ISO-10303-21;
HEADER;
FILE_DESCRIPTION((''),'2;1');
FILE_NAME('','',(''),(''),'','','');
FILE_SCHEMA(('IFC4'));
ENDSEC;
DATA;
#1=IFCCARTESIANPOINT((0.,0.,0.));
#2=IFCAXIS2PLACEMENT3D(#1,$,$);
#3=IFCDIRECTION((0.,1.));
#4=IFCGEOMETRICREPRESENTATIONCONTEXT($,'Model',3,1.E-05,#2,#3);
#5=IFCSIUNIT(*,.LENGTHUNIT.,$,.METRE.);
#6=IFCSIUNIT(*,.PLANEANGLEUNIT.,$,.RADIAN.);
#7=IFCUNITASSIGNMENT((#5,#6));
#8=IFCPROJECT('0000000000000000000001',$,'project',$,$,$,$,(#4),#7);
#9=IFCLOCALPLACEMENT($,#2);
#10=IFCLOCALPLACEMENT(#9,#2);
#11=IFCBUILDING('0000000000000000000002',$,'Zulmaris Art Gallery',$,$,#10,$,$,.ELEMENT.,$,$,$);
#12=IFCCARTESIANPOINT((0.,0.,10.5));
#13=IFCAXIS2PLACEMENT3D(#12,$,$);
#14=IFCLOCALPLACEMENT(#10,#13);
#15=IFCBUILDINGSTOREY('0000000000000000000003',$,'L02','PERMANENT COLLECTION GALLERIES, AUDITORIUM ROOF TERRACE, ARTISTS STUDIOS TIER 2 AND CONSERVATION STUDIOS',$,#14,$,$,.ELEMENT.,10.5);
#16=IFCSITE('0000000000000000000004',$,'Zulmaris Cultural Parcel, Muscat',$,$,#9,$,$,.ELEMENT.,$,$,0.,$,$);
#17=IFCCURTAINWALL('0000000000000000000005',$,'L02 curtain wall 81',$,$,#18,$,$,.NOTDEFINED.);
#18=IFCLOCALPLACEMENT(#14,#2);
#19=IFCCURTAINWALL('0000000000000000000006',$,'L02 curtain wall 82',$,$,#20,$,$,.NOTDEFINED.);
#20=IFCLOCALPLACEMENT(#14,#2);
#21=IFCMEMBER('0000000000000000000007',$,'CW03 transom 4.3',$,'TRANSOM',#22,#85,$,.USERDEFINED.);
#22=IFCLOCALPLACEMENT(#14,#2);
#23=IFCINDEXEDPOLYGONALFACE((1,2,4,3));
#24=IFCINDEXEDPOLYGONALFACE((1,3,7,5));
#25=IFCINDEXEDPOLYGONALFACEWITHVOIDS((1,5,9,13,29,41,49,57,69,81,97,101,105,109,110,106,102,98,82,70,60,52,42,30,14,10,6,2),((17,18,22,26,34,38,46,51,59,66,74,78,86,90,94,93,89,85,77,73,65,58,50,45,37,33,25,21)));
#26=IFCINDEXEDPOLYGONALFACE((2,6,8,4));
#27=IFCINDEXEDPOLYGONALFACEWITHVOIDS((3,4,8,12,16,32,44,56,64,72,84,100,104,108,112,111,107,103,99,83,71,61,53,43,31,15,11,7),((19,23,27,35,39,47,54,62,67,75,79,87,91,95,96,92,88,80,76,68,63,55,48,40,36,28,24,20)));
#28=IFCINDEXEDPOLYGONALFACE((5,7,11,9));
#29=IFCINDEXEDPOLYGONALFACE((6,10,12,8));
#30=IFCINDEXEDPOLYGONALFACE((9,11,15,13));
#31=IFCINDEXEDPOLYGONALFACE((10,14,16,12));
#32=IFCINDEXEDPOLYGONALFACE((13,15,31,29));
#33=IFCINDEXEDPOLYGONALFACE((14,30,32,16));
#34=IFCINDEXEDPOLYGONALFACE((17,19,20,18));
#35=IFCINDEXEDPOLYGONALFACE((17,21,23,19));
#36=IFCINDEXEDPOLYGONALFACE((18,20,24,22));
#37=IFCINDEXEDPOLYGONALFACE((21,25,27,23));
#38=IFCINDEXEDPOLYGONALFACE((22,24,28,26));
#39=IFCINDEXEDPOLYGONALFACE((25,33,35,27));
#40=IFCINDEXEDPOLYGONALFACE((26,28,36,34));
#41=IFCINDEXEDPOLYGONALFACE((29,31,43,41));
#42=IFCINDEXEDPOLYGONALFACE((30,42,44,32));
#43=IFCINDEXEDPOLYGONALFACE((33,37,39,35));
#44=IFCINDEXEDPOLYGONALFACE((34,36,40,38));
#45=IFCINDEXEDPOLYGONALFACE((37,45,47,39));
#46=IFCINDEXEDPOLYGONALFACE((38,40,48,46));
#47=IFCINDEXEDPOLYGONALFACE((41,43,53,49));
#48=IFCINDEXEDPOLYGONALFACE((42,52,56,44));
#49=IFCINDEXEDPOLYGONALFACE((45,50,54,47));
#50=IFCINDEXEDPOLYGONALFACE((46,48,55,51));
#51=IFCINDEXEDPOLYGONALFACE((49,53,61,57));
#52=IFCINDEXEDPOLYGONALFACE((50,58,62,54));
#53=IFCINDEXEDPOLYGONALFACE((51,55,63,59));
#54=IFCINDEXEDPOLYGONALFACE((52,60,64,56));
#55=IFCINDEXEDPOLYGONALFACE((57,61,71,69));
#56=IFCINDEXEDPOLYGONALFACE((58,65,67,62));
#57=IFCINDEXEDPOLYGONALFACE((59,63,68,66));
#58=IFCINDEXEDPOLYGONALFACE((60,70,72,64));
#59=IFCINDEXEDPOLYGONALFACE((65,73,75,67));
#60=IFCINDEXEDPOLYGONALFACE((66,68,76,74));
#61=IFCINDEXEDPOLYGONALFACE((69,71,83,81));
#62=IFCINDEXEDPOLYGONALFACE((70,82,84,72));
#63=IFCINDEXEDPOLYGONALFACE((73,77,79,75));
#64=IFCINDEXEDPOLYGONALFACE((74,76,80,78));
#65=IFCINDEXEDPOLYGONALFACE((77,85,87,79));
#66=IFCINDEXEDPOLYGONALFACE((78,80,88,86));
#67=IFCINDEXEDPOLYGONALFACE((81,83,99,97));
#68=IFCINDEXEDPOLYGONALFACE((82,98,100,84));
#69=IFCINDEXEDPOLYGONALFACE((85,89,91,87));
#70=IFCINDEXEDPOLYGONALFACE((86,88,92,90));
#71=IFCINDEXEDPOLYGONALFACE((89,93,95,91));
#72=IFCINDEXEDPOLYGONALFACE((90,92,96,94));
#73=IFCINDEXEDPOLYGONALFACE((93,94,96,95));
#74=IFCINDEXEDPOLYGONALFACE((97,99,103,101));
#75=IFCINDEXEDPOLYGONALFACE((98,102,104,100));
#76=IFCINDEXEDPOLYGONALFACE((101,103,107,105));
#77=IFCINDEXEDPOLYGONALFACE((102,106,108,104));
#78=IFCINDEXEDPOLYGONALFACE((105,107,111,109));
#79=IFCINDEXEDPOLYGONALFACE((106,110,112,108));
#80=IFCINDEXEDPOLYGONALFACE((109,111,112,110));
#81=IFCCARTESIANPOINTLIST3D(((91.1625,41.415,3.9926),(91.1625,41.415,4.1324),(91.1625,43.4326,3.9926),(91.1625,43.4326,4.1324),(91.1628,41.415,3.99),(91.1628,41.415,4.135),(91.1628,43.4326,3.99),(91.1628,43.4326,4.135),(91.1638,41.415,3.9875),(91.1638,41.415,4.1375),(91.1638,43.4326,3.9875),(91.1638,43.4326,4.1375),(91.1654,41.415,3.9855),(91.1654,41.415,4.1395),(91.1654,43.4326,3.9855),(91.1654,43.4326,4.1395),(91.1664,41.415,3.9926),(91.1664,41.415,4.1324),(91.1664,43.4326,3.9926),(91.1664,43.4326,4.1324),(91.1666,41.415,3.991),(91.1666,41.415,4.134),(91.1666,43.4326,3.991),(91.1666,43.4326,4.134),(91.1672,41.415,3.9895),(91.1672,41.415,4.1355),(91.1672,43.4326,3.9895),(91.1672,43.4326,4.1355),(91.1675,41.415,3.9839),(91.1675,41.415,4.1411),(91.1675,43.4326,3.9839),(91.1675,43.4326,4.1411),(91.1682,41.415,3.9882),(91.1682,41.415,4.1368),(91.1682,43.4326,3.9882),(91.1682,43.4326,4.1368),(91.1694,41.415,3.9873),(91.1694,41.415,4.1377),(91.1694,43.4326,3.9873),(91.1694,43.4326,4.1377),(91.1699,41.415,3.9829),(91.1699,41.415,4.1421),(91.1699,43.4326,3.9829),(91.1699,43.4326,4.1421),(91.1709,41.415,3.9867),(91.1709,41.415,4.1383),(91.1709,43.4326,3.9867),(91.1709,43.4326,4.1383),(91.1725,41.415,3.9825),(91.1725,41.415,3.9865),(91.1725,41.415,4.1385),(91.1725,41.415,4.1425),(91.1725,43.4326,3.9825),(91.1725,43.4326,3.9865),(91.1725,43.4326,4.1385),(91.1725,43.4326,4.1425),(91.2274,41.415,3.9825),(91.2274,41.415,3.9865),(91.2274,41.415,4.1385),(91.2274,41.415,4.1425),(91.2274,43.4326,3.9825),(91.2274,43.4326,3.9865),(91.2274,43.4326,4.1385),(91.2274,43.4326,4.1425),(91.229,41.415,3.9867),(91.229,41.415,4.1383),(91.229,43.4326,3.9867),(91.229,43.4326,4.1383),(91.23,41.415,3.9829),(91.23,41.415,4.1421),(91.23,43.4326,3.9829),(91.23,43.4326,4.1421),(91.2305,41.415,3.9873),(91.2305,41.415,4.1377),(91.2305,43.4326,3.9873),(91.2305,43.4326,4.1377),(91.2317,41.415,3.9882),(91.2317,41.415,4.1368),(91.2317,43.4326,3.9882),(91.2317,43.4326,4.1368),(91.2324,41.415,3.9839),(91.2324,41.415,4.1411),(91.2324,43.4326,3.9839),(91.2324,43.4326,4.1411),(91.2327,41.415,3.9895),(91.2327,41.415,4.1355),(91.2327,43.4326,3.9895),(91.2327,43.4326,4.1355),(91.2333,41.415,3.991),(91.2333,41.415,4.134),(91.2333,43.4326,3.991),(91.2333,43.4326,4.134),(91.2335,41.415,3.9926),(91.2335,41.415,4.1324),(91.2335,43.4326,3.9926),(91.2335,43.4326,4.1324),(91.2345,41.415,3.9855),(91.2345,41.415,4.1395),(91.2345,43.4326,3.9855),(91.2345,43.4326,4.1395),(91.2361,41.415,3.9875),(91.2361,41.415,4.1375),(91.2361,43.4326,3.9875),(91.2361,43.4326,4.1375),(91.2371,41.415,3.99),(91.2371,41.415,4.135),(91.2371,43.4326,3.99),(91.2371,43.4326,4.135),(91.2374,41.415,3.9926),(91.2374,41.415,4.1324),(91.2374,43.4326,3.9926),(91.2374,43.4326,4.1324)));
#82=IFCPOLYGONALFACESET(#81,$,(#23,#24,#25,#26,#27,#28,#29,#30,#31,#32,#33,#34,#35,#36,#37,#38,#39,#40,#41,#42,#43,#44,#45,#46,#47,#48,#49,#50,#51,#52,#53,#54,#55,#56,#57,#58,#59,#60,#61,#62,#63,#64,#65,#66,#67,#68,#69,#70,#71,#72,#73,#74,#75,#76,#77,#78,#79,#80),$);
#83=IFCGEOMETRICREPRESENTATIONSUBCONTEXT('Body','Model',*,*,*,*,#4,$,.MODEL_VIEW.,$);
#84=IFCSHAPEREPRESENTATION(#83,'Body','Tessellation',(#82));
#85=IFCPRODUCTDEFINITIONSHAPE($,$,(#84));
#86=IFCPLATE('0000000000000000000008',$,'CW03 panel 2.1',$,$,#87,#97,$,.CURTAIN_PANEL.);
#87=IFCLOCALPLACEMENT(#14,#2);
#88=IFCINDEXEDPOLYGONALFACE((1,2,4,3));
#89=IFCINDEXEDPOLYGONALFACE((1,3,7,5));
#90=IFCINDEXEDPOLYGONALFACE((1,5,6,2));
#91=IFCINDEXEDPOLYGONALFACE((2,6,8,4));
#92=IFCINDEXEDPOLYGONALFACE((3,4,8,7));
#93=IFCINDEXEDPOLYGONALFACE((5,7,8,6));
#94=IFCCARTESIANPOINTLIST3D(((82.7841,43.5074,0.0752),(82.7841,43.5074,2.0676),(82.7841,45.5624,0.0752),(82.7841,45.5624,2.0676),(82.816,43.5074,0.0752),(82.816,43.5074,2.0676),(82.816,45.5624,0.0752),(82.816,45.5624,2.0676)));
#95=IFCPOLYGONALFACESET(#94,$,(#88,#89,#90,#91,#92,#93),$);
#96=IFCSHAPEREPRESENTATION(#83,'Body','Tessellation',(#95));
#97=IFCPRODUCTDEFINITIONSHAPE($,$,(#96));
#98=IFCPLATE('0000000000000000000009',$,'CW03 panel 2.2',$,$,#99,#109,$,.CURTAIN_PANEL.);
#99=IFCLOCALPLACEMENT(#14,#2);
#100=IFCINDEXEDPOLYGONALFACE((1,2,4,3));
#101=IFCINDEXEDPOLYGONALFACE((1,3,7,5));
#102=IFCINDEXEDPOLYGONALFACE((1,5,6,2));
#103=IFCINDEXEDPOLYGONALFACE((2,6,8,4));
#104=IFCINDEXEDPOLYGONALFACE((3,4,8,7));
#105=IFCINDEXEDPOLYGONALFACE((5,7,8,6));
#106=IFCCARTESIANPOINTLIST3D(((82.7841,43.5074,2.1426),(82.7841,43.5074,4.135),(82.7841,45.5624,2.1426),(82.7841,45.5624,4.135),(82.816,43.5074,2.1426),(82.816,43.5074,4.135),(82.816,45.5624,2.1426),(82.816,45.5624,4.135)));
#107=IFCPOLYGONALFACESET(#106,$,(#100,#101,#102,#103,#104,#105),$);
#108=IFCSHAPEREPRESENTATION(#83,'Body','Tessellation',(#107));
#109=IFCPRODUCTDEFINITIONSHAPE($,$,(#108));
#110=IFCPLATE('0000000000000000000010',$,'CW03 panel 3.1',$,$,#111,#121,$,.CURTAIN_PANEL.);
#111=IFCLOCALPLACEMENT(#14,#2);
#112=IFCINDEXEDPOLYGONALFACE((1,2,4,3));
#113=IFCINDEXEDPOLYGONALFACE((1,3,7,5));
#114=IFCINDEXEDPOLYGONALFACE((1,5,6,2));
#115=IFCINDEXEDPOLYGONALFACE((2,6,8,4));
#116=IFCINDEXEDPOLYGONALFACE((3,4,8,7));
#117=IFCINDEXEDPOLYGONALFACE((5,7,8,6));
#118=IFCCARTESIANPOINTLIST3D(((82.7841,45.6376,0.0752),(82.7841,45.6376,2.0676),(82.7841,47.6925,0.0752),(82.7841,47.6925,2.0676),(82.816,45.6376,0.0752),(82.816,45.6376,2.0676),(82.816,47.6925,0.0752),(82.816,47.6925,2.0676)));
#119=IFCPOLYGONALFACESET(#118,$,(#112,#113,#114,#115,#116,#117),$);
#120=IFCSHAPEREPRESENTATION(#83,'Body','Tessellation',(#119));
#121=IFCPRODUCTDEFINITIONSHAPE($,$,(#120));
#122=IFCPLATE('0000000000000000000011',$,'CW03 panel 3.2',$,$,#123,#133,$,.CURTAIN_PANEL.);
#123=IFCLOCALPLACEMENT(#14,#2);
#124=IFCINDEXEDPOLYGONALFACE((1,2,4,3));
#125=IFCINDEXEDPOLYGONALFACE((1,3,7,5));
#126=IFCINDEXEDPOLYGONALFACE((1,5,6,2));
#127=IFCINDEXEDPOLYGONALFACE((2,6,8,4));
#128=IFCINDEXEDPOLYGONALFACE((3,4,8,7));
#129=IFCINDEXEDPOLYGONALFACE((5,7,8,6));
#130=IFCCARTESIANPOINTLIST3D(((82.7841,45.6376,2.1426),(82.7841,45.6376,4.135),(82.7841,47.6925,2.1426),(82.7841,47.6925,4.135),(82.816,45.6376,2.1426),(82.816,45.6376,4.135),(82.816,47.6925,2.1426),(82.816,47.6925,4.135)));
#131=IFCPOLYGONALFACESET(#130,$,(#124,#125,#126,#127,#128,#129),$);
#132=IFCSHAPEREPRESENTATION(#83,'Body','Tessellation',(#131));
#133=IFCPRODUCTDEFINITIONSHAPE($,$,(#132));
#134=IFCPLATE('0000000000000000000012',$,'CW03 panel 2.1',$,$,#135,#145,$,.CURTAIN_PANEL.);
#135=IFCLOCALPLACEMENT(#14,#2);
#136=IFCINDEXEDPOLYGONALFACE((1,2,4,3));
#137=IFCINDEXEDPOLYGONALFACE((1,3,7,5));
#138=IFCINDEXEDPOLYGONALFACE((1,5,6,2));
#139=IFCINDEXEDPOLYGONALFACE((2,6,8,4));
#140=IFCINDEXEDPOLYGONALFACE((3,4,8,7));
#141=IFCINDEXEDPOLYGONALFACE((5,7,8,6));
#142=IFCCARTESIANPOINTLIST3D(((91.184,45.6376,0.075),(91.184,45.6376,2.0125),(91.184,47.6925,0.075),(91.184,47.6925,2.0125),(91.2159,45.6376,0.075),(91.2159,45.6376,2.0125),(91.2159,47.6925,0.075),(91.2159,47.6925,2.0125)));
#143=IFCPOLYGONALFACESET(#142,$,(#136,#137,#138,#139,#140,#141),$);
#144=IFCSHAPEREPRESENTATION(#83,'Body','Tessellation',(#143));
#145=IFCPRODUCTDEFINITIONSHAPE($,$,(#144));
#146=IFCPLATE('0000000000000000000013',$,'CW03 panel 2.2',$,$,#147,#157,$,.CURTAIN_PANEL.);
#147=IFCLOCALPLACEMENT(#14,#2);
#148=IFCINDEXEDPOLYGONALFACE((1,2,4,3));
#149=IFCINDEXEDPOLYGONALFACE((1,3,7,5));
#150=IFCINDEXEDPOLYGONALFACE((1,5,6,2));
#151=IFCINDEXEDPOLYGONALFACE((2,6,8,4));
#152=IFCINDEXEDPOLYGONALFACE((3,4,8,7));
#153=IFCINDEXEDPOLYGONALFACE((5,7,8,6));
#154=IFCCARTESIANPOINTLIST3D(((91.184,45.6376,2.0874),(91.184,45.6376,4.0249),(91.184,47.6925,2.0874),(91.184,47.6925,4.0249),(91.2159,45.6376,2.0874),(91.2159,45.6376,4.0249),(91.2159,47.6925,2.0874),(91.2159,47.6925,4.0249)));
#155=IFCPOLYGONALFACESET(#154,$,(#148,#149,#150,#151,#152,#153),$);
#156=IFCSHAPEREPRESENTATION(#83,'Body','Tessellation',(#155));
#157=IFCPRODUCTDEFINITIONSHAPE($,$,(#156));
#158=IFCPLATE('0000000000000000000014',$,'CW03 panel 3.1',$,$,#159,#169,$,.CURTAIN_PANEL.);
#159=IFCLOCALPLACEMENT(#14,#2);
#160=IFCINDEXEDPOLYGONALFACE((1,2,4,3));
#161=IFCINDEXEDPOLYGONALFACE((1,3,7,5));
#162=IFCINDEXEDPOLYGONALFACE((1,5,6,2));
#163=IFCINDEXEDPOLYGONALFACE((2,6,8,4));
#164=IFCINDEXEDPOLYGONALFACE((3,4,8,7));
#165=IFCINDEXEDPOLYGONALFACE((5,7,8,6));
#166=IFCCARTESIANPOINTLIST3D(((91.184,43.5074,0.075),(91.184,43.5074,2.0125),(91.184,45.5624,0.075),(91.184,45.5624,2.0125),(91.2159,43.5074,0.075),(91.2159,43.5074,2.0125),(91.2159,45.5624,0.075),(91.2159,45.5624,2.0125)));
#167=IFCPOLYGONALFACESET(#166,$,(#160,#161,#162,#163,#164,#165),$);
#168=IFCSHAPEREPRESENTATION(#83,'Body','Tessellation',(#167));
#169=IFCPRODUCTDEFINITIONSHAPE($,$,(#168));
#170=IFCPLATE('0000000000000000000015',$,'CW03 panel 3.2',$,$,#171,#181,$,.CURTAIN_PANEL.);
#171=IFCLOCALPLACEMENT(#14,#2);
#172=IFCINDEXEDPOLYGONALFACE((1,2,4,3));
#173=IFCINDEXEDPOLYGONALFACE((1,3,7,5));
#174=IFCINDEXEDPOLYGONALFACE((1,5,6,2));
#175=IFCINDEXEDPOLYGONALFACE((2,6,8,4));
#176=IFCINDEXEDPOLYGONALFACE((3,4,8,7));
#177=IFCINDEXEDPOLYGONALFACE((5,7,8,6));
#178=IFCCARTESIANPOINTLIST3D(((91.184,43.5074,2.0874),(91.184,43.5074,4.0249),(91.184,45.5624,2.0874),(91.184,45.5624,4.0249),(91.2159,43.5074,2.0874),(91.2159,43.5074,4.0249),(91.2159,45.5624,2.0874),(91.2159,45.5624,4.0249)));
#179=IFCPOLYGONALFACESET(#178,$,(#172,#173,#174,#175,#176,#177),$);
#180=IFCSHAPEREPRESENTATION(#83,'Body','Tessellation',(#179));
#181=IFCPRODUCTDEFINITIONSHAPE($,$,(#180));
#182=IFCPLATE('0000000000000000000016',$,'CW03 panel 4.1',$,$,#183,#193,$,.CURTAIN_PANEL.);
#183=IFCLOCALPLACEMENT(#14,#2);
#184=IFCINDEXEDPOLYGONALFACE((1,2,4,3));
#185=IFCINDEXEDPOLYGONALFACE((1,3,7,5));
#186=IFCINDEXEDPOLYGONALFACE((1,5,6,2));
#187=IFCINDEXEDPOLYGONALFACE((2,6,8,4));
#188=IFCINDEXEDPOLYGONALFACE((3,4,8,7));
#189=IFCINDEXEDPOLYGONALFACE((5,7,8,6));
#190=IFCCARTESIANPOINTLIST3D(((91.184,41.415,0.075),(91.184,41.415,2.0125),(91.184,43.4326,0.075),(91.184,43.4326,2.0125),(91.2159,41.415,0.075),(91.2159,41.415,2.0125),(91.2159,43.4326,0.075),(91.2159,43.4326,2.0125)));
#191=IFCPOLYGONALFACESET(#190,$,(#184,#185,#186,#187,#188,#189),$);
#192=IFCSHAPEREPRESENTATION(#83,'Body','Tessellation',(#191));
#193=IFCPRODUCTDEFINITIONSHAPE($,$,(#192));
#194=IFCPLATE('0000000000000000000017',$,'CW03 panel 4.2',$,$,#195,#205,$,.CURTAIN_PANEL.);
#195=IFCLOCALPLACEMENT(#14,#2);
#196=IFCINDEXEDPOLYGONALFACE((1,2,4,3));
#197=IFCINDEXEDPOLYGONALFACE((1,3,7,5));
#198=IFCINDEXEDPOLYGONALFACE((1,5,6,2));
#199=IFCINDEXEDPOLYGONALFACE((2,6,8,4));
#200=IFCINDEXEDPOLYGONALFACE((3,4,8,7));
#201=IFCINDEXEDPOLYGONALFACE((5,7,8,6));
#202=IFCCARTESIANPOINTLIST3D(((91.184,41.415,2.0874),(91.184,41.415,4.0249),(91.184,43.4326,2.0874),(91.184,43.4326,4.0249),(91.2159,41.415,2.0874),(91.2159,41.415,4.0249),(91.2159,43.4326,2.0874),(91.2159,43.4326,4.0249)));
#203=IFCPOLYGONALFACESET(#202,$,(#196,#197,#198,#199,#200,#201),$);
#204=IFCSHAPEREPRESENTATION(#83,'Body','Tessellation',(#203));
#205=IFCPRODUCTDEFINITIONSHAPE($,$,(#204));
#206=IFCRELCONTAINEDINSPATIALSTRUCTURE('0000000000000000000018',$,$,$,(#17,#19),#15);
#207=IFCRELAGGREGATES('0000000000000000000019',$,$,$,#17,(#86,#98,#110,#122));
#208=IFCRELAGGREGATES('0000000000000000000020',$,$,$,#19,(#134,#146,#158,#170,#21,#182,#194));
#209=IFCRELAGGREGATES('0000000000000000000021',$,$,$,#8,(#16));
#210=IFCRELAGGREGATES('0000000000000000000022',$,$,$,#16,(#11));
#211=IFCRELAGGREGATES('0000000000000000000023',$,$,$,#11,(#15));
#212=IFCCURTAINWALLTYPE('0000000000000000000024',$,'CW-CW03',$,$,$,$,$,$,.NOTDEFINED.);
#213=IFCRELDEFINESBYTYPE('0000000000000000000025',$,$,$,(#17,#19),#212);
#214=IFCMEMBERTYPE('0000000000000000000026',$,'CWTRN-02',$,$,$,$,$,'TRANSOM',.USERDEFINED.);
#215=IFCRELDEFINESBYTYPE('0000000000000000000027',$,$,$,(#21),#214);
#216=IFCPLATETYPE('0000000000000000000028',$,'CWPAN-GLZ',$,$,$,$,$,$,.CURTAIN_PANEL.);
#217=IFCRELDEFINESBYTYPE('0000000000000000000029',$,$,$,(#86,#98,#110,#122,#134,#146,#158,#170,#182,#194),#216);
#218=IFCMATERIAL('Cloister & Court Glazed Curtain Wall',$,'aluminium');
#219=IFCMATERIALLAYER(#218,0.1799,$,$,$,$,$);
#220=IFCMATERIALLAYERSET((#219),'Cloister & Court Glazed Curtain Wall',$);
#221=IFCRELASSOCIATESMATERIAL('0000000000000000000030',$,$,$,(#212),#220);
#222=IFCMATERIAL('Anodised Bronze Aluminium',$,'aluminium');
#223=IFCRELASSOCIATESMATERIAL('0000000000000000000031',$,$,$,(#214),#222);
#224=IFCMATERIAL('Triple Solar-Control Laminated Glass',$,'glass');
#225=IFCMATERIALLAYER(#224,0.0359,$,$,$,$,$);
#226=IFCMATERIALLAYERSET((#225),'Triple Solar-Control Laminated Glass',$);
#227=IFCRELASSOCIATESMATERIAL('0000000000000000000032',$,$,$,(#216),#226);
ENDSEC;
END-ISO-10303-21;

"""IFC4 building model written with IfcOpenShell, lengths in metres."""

from ifc_helpers import new_model, si_unit, direction, frame, origin, origin_2d, place, context, subcontext, project, spatial, rectangle, hollow_rectangle, extrude, material, layer, layer_set, material_profile, profile_set, type_object, element, aggregate, save


model = new_model("IFC4")

# Units and contexts
model_context = context("Model", 3, precision=1e-05, world=origin(), true_north=direction((0.0, 1.0)))
body_context = subcontext(model_context, "Body", "Model", "MODEL_VIEW")
ifc_project = project(units=[si_unit("LENGTHUNIT", "METRE"), si_unit("PLANEANGLEUNIT", "RADIAN")], contexts=[model_context])

# Site, building, storey
site_placement = place(None, origin())
site = spatial("IfcSite", under=ifc_project, at=site_placement, Name="Zulmaris Cultural Parcel, Muscat", CompositionType="ELEMENT", RefElevation=0.0)
building_placement = place(site_placement, origin())
building = spatial("IfcBuilding", under=site, at=building_placement, Name="Zulmaris Art Gallery", CompositionType="ELEMENT")
storey_placement = place(building_placement, frame((0.0, 0.0, 10.5)))
storey = spatial("IfcBuildingStorey", under=building, at=storey_placement, Name="L02", Description="PERMANENT COLLECTION GALLERIES, AUDITORIUM ROOF TERRACE, ARTISTS STUDIOS TIER 2 AND CONSERVATION STUDIOS", CompositionType="ELEMENT", Elevation=10.5)

# Curtain walls
ifc_material_1 = material(Name="Cloister & Court Glazed Curtain Wall", Category="aluminium")
ifc_layer_1 = layer(ifc_material_1, 0.1799)
ifc_layer_set_1 = layer_set([ifc_layer_1], Name="Cloister & Court Glazed Curtain Wall")
curtain_wall_type = type_object("IfcCurtainWallType", Name="CW-CW03", PredefinedType="NOTDEFINED", material=ifc_layer_set_1)
curtain_wall_1_placement = place(storey_placement, origin())
curtain_wall_1 = element("IfcCurtainWall", 1, at=curtain_wall_1_placement, inside=storey, type_object=curtain_wall_type, Name="L02 curtain wall 81", PredefinedType="NOTDEFINED")
ifc_material_2 = material(Name="Anodised Bronze Aluminium", Category="aluminium")
curtain_wall_2_placement = place(storey_placement, origin())
curtain_wall_2 = element("IfcCurtainWall", 2, at=curtain_wall_2_placement, inside=storey, type_object=curtain_wall_type, Name="L02 curtain wall 82", PredefinedType="NOTDEFINED")

# Member
ifc_material_profile_1 = material_profile(ifc_material_2, hollow_rectangle(XDim=0.075, YDim=0.1599, WallThickness=0.0039, InnerFilletRadius=0.0061, OuterFilletRadius=0.01, at=origin_2d()), Name="ALU 75x160x4")
ifc_profile_set_1 = profile_set([ifc_material_profile_1], Name="Anodised Bronze Aluminium")
member_type_1 = type_object("IfcMemberType", Name="CWTRN-02", ElementType="TRANSOM", PredefinedType="USERDEFINED", material=ifc_profile_set_1)
member_1_placement = place(storey_placement, frame((91.2, 43.4326, 4.0625), z_axis=(0.0, -1.0, 0.0), x_axis=(1.0, 0.0, 0.0)))
member_1 = element("IfcMember", 3, at=member_1_placement, type_object=member_type_1, Name="CW03 transom 4.3", ObjectType="TRANSOM", PredefinedType="USERDEFINED", context=body_context, shape_type="SweptSolid", body=[
    extrude(hollow_rectangle(XDim=0.075, YDim=0.1599, WallThickness=0.0039, InnerFilletRadius=0.0061, OuterFilletRadius=0.01, at=origin_2d()), origin(), (0.0, 0.0, 1.0), 2.0176),
])

# Plates
ifc_material_3 = material(Name="Triple Solar-Control Laminated Glass", Category="glass")
ifc_layer_2 = layer(ifc_material_3, 0.0359)
ifc_layer_set_2 = layer_set([ifc_layer_2], Name="Triple Solar-Control Laminated Glass")
plate_type = type_object("IfcPlateType", Name="CWPAN-GLZ", PredefinedType="CURTAIN_PANEL", material=ifc_layer_set_2)
plate_1_placement = place(storey_placement, frame((82.8, 44.5349, 0.0752), z_axis=(0.0, 0.0, 1.0), x_axis=(0.0, 1.0, 0.0)))
plate_1 = element("IfcPlate", 4, at=plate_1_placement, type_object=plate_type, Name="CW03 panel 2.1", PredefinedType="CURTAIN_PANEL", context=body_context, shape_type="SweptSolid", body=[
    extrude(rectangle(XDim=2.0549, YDim=0.032, at=origin_2d()), origin(), (0.0, 0.0, 1.0), 1.9924),
])
plate_2_placement = place(storey_placement, frame((82.8, 44.5349, 2.1426), z_axis=(0.0, 0.0, 1.0), x_axis=(0.0, 1.0, 0.0)))
plate_2 = element("IfcPlate", 5, at=plate_2_placement, type_object=plate_type, Name="CW03 panel 2.2", PredefinedType="CURTAIN_PANEL", context=body_context, shape_type="SweptSolid", body=[
    extrude(rectangle(XDim=2.0549, YDim=0.032, at=origin_2d()), origin(), (0.0, 0.0, 1.0), 1.9924),
])
plate_3_placement = place(storey_placement, frame((82.8, 46.665, 0.0752), z_axis=(0.0, 0.0, 1.0), x_axis=(0.0, 1.0, 0.0)))
plate_3 = element("IfcPlate", 6, at=plate_3_placement, type_object=plate_type, Name="CW03 panel 3.1", PredefinedType="CURTAIN_PANEL", context=body_context, shape_type="SweptSolid", body=[
    extrude(rectangle(XDim=2.0549, YDim=0.032, at=origin_2d()), origin(), (0.0, 0.0, 1.0), 1.9924),
])
plate_4_placement = place(storey_placement, frame((82.8, 46.665, 2.1426), z_axis=(0.0, 0.0, 1.0), x_axis=(0.0, 1.0, 0.0)))
plate_4 = element("IfcPlate", 7, at=plate_4_placement, type_object=plate_type, Name="CW03 panel 3.2", PredefinedType="CURTAIN_PANEL", context=body_context, shape_type="SweptSolid", body=[
    extrude(rectangle(XDim=2.0549, YDim=0.032, at=origin_2d()), origin(), (0.0, 0.0, 1.0), 1.9924),
])
aggregate(curtain_wall_1, [plate_1, plate_2, plate_3, plate_4])
plate_5_placement = place(storey_placement, frame((91.2, 46.665, 0.075), z_axis=(0.0, 0.0, 1.0), x_axis=(0.0, -1.0, 0.0)))
plate_5 = element("IfcPlate", 8, at=plate_5_placement, type_object=plate_type, Name="CW03 panel 2.1", PredefinedType="CURTAIN_PANEL", context=body_context, shape_type="SweptSolid", body=[
    extrude(rectangle(XDim=2.0549, YDim=0.032, at=origin_2d()), origin(), (0.0, 0.0, 1.0), 1.9375),
])
plate_6_placement = place(storey_placement, frame((91.2, 46.665, 2.0874), z_axis=(0.0, 0.0, 1.0), x_axis=(0.0, -1.0, 0.0)))
plate_6 = element("IfcPlate", 9, at=plate_6_placement, type_object=plate_type, Name="CW03 panel 2.2", PredefinedType="CURTAIN_PANEL", context=body_context, shape_type="SweptSolid", body=[
    extrude(rectangle(XDim=2.0549, YDim=0.032, at=origin_2d()), origin(), (0.0, 0.0, 1.0), 1.9375),
])
plate_7_placement = place(storey_placement, frame((91.2, 44.5349, 0.075), z_axis=(0.0, 0.0, 1.0), x_axis=(0.0, -1.0, 0.0)))
plate_7 = element("IfcPlate", 10, at=plate_7_placement, type_object=plate_type, Name="CW03 panel 3.1", PredefinedType="CURTAIN_PANEL", context=body_context, shape_type="SweptSolid", body=[
    extrude(rectangle(XDim=2.0549, YDim=0.032, at=origin_2d()), origin(), (0.0, 0.0, 1.0), 1.9375),
])
plate_8_placement = place(storey_placement, frame((91.2, 44.5349, 2.0874), z_axis=(0.0, 0.0, 1.0), x_axis=(0.0, -1.0, 0.0)))
plate_8 = element("IfcPlate", 11, at=plate_8_placement, type_object=plate_type, Name="CW03 panel 3.2", PredefinedType="CURTAIN_PANEL", context=body_context, shape_type="SweptSolid", body=[
    extrude(rectangle(XDim=2.0549, YDim=0.032, at=origin_2d()), origin(), (0.0, 0.0, 1.0), 1.9375),
])
plate_9_placement = place(storey_placement, frame((91.2, 42.4238, 0.075), z_axis=(0.0, 0.0, 1.0), x_axis=(0.0, -1.0, 0.0)))
plate_9 = element("IfcPlate", 12, at=plate_9_placement, type_object=plate_type, Name="CW03 panel 4.1", PredefinedType="CURTAIN_PANEL", context=body_context, shape_type="SweptSolid", body=[
    extrude(rectangle(XDim=2.0176, YDim=0.032, at=origin_2d()), origin(), (0.0, 0.0, 1.0), 1.9375),
])
plate_10_placement = place(storey_placement, frame((91.2, 42.4238, 2.0874), z_axis=(0.0, 0.0, 1.0), x_axis=(0.0, -1.0, 0.0)))
plate_10 = element("IfcPlate", 13, at=plate_10_placement, type_object=plate_type, Name="CW03 panel 4.2", PredefinedType="CURTAIN_PANEL", context=body_context, shape_type="SweptSolid", body=[
    extrude(rectangle(XDim=2.0176, YDim=0.032, at=origin_2d()), origin(), (0.0, 0.0, 1.0), 1.9375),
])
aggregate(curtain_wall_2, [plate_5, plate_6, plate_7, plate_8, member_1, plate_9, plate_10])

save(model, "model.ifc")
